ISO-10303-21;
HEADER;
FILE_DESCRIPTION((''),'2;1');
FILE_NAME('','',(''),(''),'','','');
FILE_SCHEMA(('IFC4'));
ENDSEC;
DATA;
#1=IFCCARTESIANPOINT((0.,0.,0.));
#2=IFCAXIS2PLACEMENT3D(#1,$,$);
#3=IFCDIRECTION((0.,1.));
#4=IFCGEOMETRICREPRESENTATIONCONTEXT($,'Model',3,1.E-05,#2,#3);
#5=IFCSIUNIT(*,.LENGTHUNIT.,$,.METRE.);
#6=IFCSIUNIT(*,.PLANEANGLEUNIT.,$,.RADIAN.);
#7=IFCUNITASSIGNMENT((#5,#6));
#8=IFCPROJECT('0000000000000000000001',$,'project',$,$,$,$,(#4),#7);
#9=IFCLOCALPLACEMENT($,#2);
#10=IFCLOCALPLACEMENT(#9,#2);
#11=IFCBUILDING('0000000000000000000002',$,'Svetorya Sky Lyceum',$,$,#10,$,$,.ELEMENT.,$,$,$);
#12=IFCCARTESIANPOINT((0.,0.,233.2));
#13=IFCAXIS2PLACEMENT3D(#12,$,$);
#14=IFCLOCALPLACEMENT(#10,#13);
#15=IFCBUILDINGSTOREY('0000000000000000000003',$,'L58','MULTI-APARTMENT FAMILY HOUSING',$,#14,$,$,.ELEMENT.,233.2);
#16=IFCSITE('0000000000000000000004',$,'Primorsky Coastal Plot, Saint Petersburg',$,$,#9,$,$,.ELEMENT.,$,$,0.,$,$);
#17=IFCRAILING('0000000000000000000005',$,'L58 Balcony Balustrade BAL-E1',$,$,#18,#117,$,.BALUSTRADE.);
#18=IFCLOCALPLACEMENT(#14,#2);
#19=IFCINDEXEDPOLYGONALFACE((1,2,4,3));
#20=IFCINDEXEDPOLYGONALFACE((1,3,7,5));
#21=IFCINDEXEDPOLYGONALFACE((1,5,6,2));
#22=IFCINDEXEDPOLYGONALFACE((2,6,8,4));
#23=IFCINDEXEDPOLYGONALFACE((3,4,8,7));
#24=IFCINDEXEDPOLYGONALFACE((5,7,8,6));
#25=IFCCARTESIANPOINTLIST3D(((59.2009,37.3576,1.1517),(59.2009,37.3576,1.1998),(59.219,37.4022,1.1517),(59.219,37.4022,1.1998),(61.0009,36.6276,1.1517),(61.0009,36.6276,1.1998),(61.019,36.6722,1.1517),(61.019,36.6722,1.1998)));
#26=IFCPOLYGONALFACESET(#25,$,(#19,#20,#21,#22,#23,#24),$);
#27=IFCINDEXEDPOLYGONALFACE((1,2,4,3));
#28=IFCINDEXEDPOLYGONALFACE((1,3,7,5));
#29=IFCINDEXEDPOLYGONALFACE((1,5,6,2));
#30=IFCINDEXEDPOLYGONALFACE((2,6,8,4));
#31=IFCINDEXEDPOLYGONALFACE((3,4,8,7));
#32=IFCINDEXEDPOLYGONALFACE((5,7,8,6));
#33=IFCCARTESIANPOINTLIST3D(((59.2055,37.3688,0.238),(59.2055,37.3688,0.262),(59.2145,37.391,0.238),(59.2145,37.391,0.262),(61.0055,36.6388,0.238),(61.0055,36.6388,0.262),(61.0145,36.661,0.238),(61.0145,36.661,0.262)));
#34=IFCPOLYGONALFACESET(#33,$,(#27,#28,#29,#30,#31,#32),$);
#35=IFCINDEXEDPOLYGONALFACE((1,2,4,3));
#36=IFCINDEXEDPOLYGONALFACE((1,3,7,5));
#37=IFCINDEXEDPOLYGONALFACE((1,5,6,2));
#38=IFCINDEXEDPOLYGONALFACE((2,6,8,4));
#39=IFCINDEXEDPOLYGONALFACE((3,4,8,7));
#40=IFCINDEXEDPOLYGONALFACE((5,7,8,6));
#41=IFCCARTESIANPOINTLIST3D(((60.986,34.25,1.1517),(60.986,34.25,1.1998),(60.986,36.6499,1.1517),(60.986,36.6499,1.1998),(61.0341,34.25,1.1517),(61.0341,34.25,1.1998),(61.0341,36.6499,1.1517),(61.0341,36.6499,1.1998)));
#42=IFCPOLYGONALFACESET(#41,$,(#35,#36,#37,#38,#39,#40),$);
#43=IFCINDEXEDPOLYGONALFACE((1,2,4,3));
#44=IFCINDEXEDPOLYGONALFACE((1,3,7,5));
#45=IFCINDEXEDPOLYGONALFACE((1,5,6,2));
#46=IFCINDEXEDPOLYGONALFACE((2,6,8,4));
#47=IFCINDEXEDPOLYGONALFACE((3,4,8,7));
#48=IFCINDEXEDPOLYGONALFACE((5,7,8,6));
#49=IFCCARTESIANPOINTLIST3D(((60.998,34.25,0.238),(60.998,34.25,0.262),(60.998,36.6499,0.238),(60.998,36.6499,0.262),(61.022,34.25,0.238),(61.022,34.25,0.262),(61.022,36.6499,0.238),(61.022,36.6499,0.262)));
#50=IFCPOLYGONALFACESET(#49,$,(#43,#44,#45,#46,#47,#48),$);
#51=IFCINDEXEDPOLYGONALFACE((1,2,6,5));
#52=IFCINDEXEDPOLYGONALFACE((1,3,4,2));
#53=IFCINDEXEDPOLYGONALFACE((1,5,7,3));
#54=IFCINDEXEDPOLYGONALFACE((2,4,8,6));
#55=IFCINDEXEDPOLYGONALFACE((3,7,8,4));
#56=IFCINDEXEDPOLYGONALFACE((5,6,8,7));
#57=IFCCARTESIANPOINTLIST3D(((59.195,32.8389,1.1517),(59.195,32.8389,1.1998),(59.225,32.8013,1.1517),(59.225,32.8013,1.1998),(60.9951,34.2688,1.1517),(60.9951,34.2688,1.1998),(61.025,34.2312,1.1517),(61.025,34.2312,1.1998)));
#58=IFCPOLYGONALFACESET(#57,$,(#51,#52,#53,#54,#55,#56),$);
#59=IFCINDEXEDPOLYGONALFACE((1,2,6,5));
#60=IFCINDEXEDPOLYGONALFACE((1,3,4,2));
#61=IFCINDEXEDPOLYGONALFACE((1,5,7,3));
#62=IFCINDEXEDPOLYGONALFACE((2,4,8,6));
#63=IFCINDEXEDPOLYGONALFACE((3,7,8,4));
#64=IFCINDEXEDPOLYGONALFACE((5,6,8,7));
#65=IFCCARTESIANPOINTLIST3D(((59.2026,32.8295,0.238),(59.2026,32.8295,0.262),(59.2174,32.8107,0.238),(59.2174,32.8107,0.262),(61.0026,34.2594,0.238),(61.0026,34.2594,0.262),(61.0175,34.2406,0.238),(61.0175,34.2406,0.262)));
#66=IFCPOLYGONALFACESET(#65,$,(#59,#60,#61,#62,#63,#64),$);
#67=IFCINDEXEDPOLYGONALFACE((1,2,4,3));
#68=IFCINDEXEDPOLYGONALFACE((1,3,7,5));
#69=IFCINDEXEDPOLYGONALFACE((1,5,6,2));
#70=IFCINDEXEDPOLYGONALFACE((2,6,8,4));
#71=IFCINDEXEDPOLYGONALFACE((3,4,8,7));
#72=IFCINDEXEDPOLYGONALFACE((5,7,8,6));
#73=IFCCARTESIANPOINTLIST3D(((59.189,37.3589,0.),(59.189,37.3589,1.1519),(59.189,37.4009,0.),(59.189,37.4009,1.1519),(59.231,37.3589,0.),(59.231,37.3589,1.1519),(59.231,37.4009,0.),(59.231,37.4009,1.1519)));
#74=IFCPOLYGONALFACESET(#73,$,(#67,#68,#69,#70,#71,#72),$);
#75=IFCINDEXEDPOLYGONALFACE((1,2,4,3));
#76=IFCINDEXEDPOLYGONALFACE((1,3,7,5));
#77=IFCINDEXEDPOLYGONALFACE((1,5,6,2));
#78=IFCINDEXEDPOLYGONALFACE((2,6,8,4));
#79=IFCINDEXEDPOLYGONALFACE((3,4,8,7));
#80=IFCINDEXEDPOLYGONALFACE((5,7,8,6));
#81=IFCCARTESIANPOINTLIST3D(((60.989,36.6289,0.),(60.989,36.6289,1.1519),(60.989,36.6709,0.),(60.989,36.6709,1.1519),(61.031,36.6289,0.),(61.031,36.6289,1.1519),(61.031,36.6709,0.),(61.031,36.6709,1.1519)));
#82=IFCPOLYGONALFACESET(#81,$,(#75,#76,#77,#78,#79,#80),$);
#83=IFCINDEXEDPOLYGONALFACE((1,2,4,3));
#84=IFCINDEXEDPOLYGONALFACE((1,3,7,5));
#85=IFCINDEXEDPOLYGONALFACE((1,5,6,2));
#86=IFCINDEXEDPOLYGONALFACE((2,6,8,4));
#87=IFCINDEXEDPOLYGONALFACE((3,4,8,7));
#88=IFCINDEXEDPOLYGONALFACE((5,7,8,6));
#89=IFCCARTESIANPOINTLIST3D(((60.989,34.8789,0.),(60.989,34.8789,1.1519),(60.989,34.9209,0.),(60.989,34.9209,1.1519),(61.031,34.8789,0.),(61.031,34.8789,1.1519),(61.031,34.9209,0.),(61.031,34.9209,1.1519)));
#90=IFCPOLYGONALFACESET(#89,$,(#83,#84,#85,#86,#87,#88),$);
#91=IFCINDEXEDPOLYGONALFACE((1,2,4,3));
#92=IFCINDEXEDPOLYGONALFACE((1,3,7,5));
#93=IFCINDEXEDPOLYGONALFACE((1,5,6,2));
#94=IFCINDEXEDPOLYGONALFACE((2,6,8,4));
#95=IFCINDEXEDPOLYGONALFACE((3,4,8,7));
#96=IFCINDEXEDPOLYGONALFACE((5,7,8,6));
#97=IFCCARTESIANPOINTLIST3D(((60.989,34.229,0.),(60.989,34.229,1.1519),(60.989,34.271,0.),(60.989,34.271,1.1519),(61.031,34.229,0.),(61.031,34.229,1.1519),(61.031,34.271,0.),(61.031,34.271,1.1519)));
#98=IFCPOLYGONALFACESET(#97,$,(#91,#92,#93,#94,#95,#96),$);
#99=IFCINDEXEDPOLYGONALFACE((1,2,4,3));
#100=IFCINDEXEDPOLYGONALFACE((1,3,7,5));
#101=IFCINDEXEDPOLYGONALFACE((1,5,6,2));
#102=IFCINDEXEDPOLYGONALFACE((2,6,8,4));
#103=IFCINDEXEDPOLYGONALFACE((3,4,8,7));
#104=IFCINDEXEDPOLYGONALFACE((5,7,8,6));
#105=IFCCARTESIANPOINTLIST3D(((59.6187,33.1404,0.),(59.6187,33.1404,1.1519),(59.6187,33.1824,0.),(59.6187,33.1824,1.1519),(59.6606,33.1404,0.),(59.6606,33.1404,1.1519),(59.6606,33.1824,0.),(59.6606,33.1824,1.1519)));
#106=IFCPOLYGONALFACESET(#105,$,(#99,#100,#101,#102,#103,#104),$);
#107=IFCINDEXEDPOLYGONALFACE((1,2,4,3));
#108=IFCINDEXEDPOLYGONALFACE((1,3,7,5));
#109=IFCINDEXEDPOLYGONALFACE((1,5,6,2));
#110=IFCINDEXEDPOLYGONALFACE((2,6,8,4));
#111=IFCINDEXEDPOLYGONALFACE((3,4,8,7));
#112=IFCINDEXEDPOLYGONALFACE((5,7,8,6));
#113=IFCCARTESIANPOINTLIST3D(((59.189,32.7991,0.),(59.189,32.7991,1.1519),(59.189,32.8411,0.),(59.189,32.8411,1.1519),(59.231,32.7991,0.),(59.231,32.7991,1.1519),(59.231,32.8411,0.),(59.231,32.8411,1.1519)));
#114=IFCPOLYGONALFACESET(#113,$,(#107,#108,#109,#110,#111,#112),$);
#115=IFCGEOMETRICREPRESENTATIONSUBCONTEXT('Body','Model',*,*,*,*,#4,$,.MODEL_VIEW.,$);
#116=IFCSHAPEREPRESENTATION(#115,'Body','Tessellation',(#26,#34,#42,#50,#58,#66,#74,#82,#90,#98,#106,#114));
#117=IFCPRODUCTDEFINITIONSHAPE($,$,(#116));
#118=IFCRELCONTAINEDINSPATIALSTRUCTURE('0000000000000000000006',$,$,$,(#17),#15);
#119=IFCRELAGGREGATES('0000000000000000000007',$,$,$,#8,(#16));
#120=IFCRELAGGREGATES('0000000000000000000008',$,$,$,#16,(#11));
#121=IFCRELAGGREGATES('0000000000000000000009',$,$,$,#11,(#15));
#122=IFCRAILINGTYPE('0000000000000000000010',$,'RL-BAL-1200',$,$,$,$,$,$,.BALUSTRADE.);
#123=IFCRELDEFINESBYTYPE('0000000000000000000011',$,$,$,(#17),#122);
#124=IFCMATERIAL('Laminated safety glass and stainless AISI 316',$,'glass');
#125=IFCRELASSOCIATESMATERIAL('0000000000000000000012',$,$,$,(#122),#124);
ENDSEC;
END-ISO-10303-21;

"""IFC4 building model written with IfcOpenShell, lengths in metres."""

from ifc_helpers import new_model, si_unit, direction, frame, origin, origin_2d, place, context, subcontext, project, spatial, rectangle, extrude, material, type_object, element, save


model = new_model("IFC4")

# Units and contexts
model_context = context("Model", 3, precision=1e-05, world=origin(), true_north=direction((0.0, 1.0)))
body_context = subcontext(model_context, "Body", "Model", "MODEL_VIEW")
ifc_project = project(units=[si_unit("LENGTHUNIT", "METRE"), si_unit("PLANEANGLEUNIT", "RADIAN")], contexts=[model_context])

# Site, building, storey
site_placement = place(None, origin())
site = spatial("IfcSite", under=ifc_project, at=site_placement, Name="Primorsky Coastal Plot, Saint Petersburg", CompositionType="ELEMENT", RefElevation=0.0)
building_placement = place(site_placement, origin())
building = spatial("IfcBuilding", under=site, at=building_placement, Name="Svetorya Sky Lyceum", CompositionType="ELEMENT")
storey_placement = place(building_placement, frame((0.0, 0.0, 233.2)))
storey = spatial("IfcBuildingStorey", under=building, at=storey_placement, Name="L58", Description="MULTI-APARTMENT FAMILY HOUSING", CompositionType="ELEMENT", Elevation=233.2)

# Railing
ifc_material_1 = material(Name="Laminated safety glass and stainless AISI 316", Category="glass")
railing_type = type_object("IfcRailingType", Name="RL-BAL-1200", PredefinedType="BALUSTRADE", material=ifc_material_1)
railing_placement = place(storey_placement, frame((59.21, 37.3799, 0.0)))
element("IfcRailing", 1, at=railing_placement, inside=storey, type_object=railing_type, Name="L58 Balcony Balustrade BAL-E1", PredefinedType="BALUSTRADE", context=body_context, shape_type="SweptSolid", body=[
    extrude(rectangle(XDim=0.0481, YDim=0.0481, at=origin_2d()), frame((0.0, 0.0, 1.1758), z_axis=(0.926698, -0.375807, 0.0), x_axis=(0.375807, 0.926698, 0.0)), (0.0, 0.0, 1.0), 1.9424),
    extrude(rectangle(XDim=0.0239, YDim=0.0239, at=origin_2d()), frame((0.0, 0.0, 0.25), z_axis=(0.926698, -0.375807, 0.0), x_axis=(0.375807, 0.926698, 0.0)), (0.0, 0.0, 1.0), 1.9424),
    extrude(rectangle(XDim=0.0481, YDim=0.0481, at=origin_2d()), frame((1.8, -0.73, 1.1758), z_axis=(0.0, -1.0, 0.0), x_axis=(1.0, 0.0, 0.0)), (0.0, 0.0, 1.0), 2.3999),
    extrude(rectangle(XDim=0.0239, YDim=0.0239, at=origin_2d()), frame((1.8, -0.73, 0.25), z_axis=(0.0, -1.0, 0.0), x_axis=(1.0, 0.0, 0.0)), (0.0, 0.0, 1.0), 2.3999),
    extrude(rectangle(XDim=0.0481, YDim=0.0481, at=origin_2d()), frame((1.8, -3.1299, 1.1758), z_axis=(-0.783009, -0.62201, 0.0), x_axis=(0.62201, -0.783009, 0.0)), (0.0, 0.0, 1.0), 2.2988),
    extrude(rectangle(XDim=0.0239, YDim=0.0239, at=origin_2d()), frame((1.8, -3.1299, 0.25), z_axis=(-0.783009, -0.62201, 0.0), x_axis=(0.62201, -0.783009, 0.0)), (0.0, 0.0, 1.0), 2.2988),
    extrude(rectangle(XDim=0.042, YDim=0.042, at=origin_2d()), origin(), (0.0, 0.0, 1.0), 1.1519),
    extrude(rectangle(XDim=0.042, YDim=0.042, at=origin_2d()), frame((1.8, -0.73, 0.0)), (0.0, 0.0, 1.0), 1.1519),
    extrude(rectangle(XDim=0.042, YDim=0.042, at=origin_2d()), frame((1.8, -2.48, 0.0)), (0.0, 0.0, 1.0), 1.1519),
    extrude(rectangle(XDim=0.042, YDim=0.042, at=origin_2d()), frame((1.8, -3.1299, 0.0)), (0.0, 0.0, 1.0), 1.1519),
    extrude(rectangle(XDim=0.042, YDim=0.042, at=origin_2d()), frame((0.4297, -4.2185, 0.0)), (0.0, 0.0, 1.0), 1.1519),
    extrude(rectangle(XDim=0.042, YDim=0.042, at=origin_2d()), frame((0.0, -4.5598, 0.0)), (0.0, 0.0, 1.0), 1.1519),
])

save(model, "model.ifc")
